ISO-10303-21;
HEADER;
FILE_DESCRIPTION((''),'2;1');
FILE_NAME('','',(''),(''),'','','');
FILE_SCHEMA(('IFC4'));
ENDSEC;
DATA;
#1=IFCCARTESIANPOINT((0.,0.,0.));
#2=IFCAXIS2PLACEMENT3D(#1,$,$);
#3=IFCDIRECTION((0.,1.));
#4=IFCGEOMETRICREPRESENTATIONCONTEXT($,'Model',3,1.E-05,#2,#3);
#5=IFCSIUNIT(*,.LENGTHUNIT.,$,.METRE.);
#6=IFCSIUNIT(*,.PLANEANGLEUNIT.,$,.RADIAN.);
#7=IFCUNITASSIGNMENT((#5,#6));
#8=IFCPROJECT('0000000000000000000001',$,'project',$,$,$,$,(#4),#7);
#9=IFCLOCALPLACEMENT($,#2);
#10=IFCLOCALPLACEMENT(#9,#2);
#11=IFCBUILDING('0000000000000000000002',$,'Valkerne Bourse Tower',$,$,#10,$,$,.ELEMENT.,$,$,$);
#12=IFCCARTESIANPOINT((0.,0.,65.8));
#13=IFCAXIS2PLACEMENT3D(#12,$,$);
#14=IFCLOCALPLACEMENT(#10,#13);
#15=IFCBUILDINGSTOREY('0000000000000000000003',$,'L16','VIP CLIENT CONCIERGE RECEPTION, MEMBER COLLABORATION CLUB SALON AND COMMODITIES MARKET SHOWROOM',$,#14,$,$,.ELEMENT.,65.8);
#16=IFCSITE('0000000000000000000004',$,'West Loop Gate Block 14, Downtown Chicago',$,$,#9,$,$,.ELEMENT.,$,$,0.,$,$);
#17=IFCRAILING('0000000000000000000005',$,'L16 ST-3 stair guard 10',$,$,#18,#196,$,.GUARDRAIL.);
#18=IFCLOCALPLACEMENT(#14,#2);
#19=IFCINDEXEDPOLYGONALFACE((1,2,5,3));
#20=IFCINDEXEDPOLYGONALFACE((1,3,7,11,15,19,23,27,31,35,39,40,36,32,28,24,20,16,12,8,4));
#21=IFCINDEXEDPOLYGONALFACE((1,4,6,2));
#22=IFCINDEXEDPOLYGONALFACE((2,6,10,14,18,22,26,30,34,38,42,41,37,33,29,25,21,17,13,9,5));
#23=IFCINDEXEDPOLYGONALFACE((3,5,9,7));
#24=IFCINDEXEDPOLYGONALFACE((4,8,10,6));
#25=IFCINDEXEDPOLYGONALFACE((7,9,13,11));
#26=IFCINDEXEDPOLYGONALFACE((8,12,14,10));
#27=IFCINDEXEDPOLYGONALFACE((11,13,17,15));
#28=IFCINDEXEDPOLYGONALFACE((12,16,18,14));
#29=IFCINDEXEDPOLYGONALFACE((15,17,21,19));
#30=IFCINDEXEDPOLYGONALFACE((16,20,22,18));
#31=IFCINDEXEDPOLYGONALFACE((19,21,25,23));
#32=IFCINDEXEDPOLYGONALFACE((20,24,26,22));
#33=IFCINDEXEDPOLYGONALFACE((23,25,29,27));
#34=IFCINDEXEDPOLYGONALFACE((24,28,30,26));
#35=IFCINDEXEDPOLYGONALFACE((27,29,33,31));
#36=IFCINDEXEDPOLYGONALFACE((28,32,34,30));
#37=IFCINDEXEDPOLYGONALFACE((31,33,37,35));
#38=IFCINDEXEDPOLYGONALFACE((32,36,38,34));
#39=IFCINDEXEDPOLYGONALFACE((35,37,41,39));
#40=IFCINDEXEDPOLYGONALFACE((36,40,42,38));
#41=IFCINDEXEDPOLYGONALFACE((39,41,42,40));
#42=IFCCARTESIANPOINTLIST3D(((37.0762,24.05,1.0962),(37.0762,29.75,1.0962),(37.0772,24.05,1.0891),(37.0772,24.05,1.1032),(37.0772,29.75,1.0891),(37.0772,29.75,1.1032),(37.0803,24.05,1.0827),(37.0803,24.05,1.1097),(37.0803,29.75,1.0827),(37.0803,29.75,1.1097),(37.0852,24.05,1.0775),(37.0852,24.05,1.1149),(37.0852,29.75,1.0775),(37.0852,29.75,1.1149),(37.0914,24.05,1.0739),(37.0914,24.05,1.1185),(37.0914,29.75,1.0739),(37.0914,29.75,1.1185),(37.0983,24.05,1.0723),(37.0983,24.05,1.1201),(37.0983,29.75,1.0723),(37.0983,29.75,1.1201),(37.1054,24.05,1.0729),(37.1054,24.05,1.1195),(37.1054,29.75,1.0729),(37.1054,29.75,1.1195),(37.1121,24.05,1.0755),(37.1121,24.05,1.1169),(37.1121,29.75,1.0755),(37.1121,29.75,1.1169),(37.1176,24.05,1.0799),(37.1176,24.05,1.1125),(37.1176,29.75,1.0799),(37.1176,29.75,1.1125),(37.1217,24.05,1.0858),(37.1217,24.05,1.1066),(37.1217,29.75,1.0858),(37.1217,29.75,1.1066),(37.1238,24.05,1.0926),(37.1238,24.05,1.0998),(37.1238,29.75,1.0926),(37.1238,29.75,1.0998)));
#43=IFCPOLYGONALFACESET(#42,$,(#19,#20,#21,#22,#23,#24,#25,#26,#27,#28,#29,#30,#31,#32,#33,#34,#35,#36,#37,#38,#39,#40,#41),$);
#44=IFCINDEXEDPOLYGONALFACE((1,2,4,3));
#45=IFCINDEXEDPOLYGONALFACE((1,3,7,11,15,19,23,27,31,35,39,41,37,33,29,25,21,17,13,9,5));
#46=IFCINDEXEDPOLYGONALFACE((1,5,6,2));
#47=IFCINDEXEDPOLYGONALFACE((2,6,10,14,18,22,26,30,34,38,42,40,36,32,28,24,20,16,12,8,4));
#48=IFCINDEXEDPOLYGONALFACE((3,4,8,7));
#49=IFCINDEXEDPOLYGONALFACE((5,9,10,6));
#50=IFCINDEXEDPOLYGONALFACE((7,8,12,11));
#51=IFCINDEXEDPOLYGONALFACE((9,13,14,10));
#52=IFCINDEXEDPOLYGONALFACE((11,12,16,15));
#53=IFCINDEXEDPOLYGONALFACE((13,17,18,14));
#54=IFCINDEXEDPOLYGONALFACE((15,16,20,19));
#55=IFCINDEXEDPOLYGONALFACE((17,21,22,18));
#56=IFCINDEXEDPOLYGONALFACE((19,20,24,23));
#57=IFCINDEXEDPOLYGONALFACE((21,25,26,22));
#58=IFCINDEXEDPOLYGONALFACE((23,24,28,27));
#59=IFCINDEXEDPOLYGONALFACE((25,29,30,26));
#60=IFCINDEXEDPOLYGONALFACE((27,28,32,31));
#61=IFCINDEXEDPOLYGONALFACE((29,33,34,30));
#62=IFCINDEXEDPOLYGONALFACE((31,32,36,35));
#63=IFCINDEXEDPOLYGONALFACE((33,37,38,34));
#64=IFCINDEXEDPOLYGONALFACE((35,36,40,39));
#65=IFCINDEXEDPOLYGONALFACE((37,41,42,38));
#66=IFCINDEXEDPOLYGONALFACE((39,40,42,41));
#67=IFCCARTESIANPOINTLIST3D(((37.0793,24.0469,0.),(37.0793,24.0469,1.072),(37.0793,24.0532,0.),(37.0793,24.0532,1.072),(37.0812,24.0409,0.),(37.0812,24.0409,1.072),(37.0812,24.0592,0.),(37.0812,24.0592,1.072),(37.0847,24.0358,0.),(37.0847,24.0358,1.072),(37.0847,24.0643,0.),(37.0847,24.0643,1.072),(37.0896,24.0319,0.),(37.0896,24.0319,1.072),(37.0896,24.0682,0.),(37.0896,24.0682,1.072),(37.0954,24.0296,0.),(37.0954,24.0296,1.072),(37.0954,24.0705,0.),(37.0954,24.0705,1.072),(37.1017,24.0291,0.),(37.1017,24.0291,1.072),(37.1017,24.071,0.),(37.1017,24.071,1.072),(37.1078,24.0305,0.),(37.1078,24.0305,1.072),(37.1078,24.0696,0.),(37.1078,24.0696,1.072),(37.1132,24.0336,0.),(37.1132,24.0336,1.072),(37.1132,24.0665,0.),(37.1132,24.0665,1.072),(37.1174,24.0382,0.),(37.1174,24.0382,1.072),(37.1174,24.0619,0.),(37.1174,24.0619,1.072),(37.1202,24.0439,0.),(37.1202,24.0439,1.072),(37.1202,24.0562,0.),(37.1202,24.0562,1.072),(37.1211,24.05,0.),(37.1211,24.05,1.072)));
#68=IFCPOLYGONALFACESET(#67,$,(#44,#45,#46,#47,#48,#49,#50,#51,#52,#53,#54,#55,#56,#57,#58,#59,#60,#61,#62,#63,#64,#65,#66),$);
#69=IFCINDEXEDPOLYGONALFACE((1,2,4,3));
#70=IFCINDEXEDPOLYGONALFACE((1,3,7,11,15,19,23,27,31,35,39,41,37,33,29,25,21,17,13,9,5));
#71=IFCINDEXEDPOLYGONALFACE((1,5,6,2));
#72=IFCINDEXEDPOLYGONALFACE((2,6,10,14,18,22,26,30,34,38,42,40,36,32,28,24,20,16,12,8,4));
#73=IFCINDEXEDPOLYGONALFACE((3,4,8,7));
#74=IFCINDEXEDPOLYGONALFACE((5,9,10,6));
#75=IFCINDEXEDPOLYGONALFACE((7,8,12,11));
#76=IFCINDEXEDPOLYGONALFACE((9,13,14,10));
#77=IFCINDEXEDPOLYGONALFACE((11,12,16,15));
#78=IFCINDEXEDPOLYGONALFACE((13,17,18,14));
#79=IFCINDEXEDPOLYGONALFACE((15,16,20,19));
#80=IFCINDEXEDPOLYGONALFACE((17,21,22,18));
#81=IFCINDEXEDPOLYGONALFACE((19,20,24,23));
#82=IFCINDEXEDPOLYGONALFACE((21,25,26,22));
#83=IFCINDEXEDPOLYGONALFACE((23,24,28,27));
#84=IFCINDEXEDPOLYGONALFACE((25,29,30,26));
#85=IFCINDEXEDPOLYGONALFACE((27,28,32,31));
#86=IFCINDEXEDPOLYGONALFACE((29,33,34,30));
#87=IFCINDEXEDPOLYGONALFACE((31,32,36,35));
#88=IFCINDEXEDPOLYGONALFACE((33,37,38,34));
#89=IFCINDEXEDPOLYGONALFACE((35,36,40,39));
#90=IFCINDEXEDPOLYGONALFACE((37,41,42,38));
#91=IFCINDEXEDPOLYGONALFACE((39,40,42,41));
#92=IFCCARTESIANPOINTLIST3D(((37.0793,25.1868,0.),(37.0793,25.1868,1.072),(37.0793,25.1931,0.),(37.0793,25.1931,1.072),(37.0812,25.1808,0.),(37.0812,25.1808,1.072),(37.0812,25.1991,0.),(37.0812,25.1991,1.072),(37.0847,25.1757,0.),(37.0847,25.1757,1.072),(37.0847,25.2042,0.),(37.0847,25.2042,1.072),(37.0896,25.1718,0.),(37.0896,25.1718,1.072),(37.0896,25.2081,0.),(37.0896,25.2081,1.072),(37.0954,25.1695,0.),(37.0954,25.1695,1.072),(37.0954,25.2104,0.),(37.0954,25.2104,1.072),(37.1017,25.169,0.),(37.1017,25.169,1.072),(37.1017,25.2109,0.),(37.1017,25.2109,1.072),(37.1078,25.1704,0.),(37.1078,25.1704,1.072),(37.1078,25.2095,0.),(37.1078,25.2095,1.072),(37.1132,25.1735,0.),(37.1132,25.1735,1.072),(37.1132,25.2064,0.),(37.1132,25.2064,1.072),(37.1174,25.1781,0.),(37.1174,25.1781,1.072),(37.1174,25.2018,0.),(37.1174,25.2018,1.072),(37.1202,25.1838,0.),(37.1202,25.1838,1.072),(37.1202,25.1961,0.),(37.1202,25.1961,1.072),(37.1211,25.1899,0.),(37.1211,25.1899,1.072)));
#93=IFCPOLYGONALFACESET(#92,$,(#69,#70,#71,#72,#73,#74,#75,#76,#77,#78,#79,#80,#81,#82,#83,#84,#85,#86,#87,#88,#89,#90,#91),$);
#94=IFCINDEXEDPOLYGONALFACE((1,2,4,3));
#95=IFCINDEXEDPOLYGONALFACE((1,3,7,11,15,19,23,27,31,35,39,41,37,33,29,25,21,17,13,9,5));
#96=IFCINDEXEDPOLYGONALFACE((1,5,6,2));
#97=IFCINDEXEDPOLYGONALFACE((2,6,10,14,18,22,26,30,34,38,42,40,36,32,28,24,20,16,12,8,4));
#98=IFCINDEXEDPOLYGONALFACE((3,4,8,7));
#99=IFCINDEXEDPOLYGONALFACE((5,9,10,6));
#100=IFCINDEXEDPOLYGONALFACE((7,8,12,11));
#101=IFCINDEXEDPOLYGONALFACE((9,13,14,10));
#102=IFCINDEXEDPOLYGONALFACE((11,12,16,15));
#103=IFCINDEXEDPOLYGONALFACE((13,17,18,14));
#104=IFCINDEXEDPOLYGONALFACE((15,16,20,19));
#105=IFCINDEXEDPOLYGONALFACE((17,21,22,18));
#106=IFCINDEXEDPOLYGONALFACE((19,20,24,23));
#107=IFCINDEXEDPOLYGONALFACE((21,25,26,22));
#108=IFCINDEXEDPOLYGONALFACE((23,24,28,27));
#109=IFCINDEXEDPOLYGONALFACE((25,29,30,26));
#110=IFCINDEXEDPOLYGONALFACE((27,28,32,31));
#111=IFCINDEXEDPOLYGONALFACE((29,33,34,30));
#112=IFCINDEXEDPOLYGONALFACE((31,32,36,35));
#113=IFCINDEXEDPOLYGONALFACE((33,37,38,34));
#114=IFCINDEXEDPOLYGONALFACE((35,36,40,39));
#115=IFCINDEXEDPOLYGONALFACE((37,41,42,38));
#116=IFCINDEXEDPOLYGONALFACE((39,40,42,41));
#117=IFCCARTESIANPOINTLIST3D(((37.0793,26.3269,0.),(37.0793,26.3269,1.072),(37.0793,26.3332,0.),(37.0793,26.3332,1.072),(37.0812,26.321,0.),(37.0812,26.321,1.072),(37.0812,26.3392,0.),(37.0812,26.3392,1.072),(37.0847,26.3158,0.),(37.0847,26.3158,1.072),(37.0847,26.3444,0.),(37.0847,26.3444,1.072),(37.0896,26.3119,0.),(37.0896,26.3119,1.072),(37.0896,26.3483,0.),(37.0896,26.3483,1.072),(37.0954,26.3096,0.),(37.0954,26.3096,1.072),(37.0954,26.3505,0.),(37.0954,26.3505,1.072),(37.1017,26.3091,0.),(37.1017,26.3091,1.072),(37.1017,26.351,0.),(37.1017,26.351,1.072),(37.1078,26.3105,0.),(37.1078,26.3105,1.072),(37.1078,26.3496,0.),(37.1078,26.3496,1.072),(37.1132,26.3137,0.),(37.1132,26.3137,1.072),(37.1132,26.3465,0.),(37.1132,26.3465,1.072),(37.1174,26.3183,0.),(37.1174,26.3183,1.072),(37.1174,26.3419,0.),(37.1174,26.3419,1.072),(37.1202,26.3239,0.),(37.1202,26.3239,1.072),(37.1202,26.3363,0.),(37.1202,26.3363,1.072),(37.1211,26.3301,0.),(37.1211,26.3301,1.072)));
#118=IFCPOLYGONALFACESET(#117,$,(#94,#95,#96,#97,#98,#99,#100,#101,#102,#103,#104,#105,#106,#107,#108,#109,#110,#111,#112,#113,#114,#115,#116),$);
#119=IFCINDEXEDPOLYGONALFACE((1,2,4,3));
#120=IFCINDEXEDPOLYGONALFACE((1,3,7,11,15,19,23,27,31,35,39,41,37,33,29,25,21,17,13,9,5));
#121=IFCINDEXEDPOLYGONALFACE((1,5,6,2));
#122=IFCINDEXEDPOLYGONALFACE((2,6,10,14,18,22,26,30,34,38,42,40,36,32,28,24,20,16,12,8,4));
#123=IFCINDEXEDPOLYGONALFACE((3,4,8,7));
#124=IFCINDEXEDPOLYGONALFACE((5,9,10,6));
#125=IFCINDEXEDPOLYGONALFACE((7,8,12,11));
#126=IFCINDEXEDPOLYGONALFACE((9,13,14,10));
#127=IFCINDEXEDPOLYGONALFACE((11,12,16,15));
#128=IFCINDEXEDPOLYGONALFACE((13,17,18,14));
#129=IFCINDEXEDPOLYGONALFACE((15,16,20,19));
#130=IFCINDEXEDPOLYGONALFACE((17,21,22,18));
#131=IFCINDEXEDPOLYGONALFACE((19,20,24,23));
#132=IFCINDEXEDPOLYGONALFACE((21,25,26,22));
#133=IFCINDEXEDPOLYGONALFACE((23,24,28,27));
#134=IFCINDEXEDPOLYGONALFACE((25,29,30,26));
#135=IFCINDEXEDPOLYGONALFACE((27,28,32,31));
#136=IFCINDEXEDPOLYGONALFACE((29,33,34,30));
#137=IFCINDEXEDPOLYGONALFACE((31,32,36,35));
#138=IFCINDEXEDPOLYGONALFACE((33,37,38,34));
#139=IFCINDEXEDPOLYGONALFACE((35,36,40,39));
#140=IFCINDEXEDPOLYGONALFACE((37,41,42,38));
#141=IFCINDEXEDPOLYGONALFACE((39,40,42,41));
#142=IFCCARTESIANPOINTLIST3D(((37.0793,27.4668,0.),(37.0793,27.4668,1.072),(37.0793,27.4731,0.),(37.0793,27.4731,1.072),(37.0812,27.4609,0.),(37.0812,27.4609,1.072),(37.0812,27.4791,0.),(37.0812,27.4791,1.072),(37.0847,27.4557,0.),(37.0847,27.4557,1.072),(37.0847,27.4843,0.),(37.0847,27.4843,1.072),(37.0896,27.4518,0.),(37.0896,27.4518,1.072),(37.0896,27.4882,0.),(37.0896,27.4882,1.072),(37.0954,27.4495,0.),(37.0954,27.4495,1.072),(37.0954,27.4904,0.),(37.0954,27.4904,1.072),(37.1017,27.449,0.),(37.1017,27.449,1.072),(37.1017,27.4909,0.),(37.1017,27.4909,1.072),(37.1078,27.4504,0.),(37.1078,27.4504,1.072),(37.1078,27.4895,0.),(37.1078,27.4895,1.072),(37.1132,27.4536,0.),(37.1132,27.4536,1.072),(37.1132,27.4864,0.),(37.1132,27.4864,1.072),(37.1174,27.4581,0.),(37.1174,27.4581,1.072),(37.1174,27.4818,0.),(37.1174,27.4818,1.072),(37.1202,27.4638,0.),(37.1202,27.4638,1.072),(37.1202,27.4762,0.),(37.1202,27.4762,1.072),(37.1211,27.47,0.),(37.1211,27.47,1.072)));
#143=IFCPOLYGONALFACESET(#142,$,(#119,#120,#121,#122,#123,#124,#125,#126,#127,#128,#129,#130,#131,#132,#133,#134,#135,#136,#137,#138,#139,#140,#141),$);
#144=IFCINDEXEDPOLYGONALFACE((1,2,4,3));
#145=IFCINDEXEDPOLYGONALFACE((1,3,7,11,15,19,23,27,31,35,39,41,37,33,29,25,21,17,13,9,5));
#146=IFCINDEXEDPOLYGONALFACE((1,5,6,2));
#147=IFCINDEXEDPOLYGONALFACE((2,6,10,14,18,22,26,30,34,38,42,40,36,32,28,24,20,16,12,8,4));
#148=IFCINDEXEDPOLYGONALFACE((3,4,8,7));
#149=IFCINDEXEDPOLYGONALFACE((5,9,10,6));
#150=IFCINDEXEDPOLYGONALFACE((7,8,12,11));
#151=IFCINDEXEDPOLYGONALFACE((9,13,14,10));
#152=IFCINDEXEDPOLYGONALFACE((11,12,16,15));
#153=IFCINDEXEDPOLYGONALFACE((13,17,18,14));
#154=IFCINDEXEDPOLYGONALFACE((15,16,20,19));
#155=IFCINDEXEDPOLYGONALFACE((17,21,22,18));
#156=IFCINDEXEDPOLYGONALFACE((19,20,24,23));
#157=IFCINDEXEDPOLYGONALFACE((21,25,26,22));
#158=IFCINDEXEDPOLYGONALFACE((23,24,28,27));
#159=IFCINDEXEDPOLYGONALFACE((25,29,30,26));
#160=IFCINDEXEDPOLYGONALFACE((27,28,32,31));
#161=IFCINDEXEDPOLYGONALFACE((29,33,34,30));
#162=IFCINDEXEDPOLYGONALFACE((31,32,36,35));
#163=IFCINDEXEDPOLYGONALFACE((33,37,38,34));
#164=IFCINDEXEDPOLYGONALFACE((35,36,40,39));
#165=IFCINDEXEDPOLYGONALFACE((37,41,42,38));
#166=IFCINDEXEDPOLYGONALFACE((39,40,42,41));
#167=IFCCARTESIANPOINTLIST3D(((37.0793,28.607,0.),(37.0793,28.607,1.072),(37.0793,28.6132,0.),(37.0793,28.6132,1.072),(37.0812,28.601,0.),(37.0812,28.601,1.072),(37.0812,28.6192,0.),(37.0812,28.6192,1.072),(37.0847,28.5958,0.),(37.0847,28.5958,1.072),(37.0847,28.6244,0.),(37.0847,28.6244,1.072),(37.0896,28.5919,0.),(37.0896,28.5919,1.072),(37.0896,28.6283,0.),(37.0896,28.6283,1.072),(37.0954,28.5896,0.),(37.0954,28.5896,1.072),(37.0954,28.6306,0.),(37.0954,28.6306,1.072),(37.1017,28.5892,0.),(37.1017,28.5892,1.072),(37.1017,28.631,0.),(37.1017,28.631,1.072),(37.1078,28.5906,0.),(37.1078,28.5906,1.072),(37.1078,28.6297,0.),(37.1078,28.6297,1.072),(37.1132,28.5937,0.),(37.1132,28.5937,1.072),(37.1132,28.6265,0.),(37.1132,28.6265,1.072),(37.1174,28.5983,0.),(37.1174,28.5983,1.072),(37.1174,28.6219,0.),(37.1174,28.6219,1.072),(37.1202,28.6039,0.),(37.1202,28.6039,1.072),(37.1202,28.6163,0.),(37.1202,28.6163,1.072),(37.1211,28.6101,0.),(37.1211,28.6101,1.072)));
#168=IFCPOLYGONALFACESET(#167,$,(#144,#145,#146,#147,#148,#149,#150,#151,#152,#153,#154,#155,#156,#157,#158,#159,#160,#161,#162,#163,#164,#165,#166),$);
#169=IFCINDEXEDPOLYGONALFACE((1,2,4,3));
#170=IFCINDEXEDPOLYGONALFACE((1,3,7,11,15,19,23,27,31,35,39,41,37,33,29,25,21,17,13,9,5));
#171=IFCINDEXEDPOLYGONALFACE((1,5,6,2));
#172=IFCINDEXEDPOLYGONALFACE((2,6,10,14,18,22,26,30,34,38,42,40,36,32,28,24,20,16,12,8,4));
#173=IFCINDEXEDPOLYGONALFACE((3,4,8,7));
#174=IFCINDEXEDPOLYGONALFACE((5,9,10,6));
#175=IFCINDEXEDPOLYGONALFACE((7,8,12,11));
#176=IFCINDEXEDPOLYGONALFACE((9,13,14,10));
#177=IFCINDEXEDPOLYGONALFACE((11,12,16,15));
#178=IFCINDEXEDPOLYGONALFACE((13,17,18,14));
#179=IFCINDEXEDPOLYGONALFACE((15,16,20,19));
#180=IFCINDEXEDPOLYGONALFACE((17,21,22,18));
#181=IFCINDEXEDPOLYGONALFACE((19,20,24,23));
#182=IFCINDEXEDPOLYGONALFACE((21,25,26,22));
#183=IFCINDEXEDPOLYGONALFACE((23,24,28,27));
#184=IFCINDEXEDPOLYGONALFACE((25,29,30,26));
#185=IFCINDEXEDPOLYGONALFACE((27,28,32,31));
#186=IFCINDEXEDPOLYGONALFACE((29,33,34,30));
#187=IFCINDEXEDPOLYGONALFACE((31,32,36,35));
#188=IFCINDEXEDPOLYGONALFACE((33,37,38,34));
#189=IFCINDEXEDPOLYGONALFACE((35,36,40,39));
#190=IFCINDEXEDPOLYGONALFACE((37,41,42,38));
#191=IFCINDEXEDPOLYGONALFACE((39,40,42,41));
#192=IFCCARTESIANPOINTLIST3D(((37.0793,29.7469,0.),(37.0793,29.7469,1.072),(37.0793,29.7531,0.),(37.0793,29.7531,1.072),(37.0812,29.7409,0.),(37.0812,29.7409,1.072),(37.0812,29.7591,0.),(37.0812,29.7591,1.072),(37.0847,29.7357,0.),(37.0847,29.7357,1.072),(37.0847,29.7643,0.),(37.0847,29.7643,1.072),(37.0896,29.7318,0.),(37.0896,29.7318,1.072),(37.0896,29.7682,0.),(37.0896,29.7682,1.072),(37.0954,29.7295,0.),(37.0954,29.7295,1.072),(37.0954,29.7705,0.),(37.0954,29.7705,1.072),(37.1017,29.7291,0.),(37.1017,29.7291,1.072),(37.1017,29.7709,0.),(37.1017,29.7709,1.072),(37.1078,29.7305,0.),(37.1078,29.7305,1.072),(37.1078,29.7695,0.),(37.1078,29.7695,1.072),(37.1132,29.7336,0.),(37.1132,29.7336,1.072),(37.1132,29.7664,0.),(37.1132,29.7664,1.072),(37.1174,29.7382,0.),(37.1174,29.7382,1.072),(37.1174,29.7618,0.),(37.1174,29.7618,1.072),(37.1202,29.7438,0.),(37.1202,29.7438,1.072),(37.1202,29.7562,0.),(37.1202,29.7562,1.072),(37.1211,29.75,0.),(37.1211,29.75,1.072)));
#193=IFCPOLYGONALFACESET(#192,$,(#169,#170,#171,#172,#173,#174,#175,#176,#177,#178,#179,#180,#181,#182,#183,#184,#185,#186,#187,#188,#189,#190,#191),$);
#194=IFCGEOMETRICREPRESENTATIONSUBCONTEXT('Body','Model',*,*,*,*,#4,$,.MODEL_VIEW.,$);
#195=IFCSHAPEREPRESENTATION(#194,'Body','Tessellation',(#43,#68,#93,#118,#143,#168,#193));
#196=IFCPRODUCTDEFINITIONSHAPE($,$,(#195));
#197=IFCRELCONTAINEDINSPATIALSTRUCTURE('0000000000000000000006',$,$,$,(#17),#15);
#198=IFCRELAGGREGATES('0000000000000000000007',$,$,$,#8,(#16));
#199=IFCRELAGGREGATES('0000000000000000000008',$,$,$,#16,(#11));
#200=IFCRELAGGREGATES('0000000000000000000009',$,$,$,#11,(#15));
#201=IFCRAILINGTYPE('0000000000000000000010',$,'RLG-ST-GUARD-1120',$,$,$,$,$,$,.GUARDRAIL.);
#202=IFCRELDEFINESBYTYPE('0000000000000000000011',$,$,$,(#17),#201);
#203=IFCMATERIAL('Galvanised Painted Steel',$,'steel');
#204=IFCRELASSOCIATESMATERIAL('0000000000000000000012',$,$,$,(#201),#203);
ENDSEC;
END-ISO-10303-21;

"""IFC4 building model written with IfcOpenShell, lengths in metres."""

from ifc_helpers import new_model, si_unit, direction, frame, origin, origin_2d, place, context, subcontext, project, spatial, circle, extrude, material, type_object, element, save


model = new_model("IFC4")

# Units and contexts
model_context = context("Model", 3, precision=1e-05, world=origin(), true_north=direction((0.0, 1.0)))
body_context = subcontext(model_context, "Body", "Model", "MODEL_VIEW")
ifc_project = project(units=[si_unit("LENGTHUNIT", "METRE"), si_unit("PLANEANGLEUNIT", "RADIAN")], contexts=[model_context])

# Site, building, storey
site_placement = place(None, origin())
site = spatial("IfcSite", under=ifc_project, at=site_placement, Name="West Loop Gate Block 14, Downtown Chicago", CompositionType="ELEMENT", RefElevation=0.0)
building_placement = place(site_placement, origin())
building = spatial("IfcBuilding", under=site, at=building_placement, Name="Valkerne Bourse Tower", CompositionType="ELEMENT")
storey_placement = place(building_placement, frame((0.0, 0.0, 65.8)))
storey = spatial("IfcBuildingStorey", under=building, at=storey_placement, Name="L16", Description="VIP CLIENT CONCIERGE RECEPTION, MEMBER COLLABORATION CLUB SALON AND COMMODITIES MARKET SHOWROOM", CompositionType="ELEMENT", Elevation=65.8)

# Shared definitions
ifc_material_1 = material(Name="Galvanised Painted Steel", Category="steel")

# Railing
railing_type_1 = type_object("IfcRailingType", Name="RLG-ST-GUARD-1120", PredefinedType="GUARDRAIL", material=ifc_material_1)
railing_1_placement = place(storey_placement, frame((37.1001, 24.05, 0.0)))
element("IfcRailing", 1, at=railing_1_placement, inside=storey, type_object=railing_type_1, Name="L16 ST-3 stair guard 10", PredefinedType="GUARDRAIL", context=body_context, shape_type="SweptSolid", body=[
    extrude(circle(Radius=0.0239, at=origin_2d()), frame((0.0, 0.0, 1.0962), z_axis=(0.0, 1.0, 0.0), x_axis=(-1.0, 0.0, 0.0)), (0.0, 0.0, 1.0), 5.7),
    extrude(circle(Radius=0.021, at=origin_2d()), origin(), (0.0, 0.0, 1.0), 1.072),
    extrude(circle(Radius=0.021, at=origin_2d()), frame((0.0, 1.1399, 0.0)), (0.0, 0.0, 1.0), 1.072),
    extrude(circle(Radius=0.021, at=origin_2d()), frame((0.0, 2.28, 0.0)), (0.0, 0.0, 1.0), 1.072),
    extrude(circle(Radius=0.021, at=origin_2d()), frame((0.0, 3.4199, 0.0)), (0.0, 0.0, 1.0), 1.072),
    extrude(circle(Radius=0.021, at=origin_2d()), frame((0.0, 4.5601, 0.0)), (0.0, 0.0, 1.0), 1.072),
    extrude(circle(Radius=0.021, at=origin_2d()), frame((0.0, 5.7, 0.0)), (0.0, 0.0, 1.0), 1.072),
])

save(model, "model.ifc")
